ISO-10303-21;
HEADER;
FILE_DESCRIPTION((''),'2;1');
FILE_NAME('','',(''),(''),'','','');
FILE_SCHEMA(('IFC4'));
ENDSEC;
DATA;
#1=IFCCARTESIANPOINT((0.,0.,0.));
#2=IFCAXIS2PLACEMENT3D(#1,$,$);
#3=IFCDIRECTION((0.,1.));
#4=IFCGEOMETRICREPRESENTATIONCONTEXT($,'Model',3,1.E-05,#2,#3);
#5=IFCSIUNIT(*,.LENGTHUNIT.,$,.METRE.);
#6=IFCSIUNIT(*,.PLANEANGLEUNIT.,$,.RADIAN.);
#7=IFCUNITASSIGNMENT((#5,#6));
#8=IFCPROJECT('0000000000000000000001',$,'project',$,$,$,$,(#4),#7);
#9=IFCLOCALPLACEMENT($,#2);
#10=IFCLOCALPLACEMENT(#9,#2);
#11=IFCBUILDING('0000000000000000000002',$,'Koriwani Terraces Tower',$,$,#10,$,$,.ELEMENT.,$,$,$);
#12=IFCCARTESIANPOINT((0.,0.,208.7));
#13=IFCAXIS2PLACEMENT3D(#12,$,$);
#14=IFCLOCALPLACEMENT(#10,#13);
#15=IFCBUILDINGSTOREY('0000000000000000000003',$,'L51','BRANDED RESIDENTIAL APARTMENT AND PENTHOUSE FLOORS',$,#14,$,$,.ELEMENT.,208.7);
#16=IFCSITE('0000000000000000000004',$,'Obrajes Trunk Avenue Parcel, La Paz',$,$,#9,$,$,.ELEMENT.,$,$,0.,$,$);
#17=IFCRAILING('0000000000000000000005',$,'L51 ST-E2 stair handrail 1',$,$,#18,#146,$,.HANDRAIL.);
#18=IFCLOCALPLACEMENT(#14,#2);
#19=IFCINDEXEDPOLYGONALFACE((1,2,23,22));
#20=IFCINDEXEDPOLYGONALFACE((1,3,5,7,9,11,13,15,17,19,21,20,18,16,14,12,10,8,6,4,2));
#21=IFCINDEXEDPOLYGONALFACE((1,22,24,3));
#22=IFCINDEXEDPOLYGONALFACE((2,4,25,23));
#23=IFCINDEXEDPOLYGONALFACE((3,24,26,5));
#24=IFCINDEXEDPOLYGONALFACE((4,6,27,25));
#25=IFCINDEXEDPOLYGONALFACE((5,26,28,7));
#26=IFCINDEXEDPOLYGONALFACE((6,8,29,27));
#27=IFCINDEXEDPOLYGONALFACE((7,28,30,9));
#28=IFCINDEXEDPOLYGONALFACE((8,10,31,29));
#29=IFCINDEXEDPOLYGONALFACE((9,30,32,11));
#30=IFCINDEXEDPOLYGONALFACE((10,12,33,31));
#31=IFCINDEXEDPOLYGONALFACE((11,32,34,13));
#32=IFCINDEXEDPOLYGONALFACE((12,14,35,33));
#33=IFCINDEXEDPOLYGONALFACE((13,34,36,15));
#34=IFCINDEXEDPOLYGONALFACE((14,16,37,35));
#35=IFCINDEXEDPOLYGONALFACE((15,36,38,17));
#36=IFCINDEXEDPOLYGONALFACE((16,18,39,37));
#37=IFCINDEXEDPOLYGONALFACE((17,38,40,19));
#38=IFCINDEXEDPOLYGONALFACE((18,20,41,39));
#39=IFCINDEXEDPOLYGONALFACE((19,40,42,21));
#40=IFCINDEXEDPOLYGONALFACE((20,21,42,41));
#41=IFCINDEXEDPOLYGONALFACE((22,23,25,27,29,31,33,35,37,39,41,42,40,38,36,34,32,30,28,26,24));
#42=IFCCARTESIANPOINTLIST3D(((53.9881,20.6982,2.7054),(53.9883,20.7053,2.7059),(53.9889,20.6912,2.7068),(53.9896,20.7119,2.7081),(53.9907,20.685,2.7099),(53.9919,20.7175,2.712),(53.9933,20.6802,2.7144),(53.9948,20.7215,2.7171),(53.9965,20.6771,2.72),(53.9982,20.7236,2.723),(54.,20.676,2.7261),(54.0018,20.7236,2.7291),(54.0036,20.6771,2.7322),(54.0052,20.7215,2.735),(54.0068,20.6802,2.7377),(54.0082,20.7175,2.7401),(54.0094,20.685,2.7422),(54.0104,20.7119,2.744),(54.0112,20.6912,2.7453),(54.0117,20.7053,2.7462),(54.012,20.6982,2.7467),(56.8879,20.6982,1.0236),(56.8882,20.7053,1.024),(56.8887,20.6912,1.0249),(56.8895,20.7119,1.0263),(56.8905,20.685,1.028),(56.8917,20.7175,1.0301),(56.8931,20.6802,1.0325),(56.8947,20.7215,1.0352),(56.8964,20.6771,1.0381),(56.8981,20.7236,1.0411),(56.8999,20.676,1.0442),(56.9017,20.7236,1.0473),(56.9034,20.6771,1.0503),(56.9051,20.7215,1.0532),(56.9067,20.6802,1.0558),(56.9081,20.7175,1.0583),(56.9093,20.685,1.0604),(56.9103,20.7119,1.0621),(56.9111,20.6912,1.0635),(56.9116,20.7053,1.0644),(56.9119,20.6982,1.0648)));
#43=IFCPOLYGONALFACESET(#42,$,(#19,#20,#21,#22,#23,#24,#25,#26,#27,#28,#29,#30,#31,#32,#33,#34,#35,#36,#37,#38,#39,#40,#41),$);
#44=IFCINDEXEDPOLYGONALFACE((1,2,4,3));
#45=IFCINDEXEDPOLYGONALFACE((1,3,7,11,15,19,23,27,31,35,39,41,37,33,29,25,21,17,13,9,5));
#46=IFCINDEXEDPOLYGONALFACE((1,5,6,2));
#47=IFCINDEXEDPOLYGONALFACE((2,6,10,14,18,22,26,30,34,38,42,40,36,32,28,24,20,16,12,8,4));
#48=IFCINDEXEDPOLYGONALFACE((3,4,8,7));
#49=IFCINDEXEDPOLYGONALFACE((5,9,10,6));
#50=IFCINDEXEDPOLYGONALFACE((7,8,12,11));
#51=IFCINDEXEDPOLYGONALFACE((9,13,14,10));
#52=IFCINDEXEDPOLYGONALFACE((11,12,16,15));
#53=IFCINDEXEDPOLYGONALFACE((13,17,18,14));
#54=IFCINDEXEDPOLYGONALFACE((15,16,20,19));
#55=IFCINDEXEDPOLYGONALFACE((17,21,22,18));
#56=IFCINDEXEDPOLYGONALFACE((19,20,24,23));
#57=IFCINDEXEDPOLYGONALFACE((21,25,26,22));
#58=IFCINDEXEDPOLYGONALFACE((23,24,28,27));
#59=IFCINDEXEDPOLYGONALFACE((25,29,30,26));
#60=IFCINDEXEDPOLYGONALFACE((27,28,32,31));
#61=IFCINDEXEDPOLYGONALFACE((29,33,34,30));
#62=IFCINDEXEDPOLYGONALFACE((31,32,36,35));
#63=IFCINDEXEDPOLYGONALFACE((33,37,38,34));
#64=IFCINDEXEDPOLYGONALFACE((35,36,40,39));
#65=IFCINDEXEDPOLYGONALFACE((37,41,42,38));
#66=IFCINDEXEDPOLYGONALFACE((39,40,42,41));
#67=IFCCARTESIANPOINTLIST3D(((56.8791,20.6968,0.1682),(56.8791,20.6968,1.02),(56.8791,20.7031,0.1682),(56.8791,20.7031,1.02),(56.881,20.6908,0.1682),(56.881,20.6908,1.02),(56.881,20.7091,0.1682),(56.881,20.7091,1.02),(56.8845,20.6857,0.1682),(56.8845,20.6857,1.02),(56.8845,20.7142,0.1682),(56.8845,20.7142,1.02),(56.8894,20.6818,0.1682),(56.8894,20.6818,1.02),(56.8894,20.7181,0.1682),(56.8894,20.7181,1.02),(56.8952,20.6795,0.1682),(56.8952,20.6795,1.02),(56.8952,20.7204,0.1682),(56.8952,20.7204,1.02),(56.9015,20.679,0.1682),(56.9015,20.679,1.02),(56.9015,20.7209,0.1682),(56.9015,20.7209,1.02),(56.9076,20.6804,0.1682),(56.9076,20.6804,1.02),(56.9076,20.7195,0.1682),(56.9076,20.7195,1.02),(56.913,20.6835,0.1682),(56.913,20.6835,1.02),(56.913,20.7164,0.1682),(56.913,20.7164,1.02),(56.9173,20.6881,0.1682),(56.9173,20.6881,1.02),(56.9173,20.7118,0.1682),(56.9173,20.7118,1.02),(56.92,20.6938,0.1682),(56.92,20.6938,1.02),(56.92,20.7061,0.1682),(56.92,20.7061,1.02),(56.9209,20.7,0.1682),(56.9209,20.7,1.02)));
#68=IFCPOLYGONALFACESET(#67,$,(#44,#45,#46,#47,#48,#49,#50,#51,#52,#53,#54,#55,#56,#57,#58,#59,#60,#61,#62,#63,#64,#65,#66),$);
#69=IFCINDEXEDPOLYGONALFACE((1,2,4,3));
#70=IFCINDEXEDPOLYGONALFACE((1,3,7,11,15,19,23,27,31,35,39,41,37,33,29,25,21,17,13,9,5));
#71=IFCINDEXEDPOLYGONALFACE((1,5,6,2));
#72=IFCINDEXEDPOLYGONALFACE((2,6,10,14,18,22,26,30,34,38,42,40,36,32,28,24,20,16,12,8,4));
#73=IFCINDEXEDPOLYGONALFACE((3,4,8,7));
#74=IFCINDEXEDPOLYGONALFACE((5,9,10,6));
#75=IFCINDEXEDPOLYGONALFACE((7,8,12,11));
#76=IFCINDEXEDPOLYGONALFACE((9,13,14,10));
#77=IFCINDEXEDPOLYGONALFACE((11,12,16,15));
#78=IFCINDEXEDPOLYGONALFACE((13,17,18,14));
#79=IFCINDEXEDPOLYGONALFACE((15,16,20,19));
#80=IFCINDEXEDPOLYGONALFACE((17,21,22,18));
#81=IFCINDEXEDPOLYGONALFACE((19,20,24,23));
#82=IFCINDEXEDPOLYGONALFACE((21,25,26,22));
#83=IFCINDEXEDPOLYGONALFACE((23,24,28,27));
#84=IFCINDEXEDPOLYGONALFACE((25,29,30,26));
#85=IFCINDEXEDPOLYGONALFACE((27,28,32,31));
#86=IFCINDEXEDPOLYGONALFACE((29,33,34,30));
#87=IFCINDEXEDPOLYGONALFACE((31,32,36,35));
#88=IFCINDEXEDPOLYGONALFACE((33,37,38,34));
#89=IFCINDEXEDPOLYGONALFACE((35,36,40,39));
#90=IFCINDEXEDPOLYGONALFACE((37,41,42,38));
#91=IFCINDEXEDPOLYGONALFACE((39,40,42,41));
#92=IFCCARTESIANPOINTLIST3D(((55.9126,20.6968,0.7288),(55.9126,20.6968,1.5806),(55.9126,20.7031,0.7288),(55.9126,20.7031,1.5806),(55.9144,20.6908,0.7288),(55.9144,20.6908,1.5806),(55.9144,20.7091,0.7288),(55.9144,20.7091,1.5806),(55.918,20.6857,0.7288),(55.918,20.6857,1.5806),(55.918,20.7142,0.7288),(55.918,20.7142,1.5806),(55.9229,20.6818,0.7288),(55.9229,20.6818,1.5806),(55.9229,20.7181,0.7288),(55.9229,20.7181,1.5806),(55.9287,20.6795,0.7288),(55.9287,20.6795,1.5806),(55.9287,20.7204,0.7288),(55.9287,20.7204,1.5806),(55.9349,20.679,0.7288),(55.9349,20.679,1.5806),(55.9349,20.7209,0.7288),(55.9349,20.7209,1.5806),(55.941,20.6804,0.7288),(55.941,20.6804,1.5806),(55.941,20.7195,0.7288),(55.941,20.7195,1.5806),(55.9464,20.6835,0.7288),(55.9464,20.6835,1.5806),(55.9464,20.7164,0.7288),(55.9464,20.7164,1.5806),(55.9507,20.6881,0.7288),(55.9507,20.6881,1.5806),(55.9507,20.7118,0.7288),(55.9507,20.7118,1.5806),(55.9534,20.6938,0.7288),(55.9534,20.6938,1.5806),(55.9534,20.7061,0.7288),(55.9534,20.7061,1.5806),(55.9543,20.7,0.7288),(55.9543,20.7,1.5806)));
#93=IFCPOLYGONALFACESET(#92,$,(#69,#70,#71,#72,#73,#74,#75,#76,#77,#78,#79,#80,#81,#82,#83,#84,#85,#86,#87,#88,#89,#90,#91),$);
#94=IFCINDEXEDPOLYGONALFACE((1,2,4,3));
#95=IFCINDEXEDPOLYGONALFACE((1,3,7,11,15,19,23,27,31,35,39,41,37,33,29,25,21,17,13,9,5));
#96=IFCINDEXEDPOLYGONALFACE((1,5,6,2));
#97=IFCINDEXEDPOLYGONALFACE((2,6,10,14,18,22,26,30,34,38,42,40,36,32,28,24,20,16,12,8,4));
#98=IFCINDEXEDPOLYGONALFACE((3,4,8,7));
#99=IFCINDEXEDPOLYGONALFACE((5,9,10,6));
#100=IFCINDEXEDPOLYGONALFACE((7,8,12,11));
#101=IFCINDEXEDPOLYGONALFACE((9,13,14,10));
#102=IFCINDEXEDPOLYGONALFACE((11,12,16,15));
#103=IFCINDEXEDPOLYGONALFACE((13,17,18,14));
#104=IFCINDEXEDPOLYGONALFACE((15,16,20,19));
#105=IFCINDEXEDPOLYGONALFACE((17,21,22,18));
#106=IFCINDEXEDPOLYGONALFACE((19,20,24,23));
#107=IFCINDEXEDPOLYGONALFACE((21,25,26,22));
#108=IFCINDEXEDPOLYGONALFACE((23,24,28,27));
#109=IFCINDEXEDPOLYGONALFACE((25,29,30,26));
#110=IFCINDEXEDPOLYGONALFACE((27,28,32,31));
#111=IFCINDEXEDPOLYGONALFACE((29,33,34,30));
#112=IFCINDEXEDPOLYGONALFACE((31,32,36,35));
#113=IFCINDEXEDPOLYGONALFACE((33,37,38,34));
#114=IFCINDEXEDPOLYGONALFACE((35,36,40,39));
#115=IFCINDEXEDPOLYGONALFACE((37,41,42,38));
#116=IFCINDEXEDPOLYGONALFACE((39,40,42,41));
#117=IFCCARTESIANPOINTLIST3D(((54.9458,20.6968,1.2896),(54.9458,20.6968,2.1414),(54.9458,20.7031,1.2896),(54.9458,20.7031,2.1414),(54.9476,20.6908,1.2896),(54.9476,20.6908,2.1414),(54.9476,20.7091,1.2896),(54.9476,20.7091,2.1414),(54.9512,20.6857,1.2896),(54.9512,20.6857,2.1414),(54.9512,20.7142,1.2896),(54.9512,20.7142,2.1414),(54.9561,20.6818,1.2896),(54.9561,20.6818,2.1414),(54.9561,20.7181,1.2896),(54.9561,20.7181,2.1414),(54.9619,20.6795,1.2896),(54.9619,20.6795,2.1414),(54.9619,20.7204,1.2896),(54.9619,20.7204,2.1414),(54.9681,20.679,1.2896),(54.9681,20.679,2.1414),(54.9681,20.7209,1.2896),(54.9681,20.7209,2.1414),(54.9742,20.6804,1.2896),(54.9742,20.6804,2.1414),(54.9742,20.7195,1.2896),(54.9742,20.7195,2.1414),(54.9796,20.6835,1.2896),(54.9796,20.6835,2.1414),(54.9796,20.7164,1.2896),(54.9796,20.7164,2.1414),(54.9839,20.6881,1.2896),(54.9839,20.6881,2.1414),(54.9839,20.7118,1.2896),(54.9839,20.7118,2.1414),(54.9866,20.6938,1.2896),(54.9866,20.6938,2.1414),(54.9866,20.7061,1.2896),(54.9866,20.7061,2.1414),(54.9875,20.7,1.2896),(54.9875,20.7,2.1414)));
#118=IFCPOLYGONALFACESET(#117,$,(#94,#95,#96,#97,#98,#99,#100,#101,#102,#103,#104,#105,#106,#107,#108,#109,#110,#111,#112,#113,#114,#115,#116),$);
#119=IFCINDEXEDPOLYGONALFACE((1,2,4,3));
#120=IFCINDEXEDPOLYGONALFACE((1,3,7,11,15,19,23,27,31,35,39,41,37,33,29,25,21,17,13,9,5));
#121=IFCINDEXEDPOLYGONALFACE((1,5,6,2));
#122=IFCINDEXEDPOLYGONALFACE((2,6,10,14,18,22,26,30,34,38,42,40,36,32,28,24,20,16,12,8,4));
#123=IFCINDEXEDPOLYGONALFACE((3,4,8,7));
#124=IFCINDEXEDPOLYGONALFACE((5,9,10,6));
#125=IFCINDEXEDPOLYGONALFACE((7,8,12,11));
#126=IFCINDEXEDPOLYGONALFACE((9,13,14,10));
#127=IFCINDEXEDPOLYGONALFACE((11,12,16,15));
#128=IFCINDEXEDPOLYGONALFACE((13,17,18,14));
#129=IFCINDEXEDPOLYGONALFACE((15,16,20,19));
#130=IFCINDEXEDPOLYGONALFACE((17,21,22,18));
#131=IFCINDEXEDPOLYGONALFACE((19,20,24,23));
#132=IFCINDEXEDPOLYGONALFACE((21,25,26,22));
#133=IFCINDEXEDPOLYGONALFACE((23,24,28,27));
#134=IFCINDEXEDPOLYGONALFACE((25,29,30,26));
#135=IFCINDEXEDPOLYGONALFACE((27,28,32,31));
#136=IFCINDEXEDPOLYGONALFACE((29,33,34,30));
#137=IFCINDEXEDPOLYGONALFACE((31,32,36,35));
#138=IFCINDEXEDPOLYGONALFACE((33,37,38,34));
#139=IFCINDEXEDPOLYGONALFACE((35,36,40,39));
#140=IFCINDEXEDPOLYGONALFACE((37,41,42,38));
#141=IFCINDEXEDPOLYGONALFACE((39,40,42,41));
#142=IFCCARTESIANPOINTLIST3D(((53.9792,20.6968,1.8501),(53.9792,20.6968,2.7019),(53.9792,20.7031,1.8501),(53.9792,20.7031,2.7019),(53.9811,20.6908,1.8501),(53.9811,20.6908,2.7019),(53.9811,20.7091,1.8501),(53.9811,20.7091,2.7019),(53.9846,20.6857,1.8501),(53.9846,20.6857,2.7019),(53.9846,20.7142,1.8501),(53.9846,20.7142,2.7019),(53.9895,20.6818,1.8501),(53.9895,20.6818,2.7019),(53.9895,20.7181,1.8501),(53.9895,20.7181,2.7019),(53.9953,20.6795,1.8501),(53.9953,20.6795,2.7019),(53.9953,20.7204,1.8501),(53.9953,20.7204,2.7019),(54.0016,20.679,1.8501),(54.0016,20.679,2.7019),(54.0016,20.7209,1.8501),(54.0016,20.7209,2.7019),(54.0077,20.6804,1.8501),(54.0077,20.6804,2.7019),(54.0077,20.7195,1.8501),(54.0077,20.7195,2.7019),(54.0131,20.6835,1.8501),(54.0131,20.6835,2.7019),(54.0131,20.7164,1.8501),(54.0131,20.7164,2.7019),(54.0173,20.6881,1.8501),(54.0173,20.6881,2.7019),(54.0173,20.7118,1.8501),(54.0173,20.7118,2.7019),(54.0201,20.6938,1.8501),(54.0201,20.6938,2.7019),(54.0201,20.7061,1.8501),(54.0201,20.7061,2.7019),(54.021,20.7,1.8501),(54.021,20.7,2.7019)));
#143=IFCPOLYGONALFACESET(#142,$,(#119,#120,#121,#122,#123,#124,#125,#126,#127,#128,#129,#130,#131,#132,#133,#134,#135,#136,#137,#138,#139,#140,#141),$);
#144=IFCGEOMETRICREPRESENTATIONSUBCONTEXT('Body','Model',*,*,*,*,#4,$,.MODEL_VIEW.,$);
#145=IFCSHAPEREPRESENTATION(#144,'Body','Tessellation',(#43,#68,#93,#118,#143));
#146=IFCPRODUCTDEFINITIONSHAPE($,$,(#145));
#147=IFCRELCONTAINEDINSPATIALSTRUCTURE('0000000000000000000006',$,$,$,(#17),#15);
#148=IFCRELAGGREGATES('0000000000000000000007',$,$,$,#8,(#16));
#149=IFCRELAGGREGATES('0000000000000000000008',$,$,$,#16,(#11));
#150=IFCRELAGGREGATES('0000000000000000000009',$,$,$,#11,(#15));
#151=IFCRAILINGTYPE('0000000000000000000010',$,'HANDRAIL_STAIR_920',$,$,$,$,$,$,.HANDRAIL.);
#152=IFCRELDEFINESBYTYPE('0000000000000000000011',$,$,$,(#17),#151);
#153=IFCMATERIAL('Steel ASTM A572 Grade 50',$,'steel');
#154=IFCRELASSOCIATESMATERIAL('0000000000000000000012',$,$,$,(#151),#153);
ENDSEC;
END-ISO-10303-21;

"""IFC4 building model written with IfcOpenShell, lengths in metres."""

from ifc_helpers import new_model, si_unit, direction, frame, origin, origin_2d, place, context, subcontext, project, spatial, circle, extrude, material, type_object, element, save


model = new_model("IFC4")

# Units and contexts
model_context = context("Model", 3, precision=1e-05, world=origin(), true_north=direction((0.0, 1.0)))
body_context = subcontext(model_context, "Body", "Model", "MODEL_VIEW")
ifc_project = project(units=[si_unit("LENGTHUNIT", "METRE"), si_unit("PLANEANGLEUNIT", "RADIAN")], contexts=[model_context])

# Site, building, storey
site_placement = place(None, origin())
site = spatial("IfcSite", under=ifc_project, at=site_placement, Name="Obrajes Trunk Avenue Parcel, La Paz", CompositionType="ELEMENT", RefElevation=0.0)
building_placement = place(site_placement, origin())
building = spatial("IfcBuilding", under=site, at=building_placement, Name="Koriwani Terraces Tower", CompositionType="ELEMENT")
storey_placement = place(building_placement, frame((0.0, 0.0, 208.7)))
storey = spatial("IfcBuildingStorey", under=building, at=storey_placement, Name="L51", Description="BRANDED RESIDENTIAL APARTMENT AND PENTHOUSE FLOORS", CompositionType="ELEMENT", Elevation=208.7)

# Shared definitions
ifc_material_1 = material(Name="Steel ASTM A572 Grade 50", Category="steel")

# Railing
railing_type_1 = type_object("IfcRailingType", Name="HANDRAIL_STAIR_920", PredefinedType="HANDRAIL", material=ifc_material_1)
railing_1_placement = place(storey_placement, frame((56.8999, 20.7, 0.1682)))
element("IfcRailing", 1, at=railing_1_placement, inside=storey, type_object=railing_type_1, Name="L51 ST-E2 stair handrail 1", PredefinedType="HANDRAIL", context=body_context, shape_type="SweptSolid", body=[
    extrude(circle(Radius=0.0239, at=origin_2d()), frame((0.0, 0.0, 0.876), z_axis=(-0.865039, 0.0, 0.501705), x_axis=(0.0, -1.0, 0.0)), (0.0, 0.0, 1.0), 3.3523),
    extrude(circle(Radius=0.021, at=origin_2d()), origin(), (0.0, 0.0, 1.0), 0.8518),
    extrude(circle(Radius=0.021, at=origin_2d()), frame((-0.9666, 0.0, 0.5605)), (0.0, 0.0, 1.0), 0.8518),
    extrude(circle(Radius=0.021, at=origin_2d()), frame((-1.9333, 0.0, 1.1213)), (0.0, 0.0, 1.0), 0.8518),
    extrude(circle(Radius=0.021, at=origin_2d()), frame((-2.8999, 0.0, 1.6819)), (0.0, 0.0, 1.0), 0.8518),
])

save(model, "model.ifc")
